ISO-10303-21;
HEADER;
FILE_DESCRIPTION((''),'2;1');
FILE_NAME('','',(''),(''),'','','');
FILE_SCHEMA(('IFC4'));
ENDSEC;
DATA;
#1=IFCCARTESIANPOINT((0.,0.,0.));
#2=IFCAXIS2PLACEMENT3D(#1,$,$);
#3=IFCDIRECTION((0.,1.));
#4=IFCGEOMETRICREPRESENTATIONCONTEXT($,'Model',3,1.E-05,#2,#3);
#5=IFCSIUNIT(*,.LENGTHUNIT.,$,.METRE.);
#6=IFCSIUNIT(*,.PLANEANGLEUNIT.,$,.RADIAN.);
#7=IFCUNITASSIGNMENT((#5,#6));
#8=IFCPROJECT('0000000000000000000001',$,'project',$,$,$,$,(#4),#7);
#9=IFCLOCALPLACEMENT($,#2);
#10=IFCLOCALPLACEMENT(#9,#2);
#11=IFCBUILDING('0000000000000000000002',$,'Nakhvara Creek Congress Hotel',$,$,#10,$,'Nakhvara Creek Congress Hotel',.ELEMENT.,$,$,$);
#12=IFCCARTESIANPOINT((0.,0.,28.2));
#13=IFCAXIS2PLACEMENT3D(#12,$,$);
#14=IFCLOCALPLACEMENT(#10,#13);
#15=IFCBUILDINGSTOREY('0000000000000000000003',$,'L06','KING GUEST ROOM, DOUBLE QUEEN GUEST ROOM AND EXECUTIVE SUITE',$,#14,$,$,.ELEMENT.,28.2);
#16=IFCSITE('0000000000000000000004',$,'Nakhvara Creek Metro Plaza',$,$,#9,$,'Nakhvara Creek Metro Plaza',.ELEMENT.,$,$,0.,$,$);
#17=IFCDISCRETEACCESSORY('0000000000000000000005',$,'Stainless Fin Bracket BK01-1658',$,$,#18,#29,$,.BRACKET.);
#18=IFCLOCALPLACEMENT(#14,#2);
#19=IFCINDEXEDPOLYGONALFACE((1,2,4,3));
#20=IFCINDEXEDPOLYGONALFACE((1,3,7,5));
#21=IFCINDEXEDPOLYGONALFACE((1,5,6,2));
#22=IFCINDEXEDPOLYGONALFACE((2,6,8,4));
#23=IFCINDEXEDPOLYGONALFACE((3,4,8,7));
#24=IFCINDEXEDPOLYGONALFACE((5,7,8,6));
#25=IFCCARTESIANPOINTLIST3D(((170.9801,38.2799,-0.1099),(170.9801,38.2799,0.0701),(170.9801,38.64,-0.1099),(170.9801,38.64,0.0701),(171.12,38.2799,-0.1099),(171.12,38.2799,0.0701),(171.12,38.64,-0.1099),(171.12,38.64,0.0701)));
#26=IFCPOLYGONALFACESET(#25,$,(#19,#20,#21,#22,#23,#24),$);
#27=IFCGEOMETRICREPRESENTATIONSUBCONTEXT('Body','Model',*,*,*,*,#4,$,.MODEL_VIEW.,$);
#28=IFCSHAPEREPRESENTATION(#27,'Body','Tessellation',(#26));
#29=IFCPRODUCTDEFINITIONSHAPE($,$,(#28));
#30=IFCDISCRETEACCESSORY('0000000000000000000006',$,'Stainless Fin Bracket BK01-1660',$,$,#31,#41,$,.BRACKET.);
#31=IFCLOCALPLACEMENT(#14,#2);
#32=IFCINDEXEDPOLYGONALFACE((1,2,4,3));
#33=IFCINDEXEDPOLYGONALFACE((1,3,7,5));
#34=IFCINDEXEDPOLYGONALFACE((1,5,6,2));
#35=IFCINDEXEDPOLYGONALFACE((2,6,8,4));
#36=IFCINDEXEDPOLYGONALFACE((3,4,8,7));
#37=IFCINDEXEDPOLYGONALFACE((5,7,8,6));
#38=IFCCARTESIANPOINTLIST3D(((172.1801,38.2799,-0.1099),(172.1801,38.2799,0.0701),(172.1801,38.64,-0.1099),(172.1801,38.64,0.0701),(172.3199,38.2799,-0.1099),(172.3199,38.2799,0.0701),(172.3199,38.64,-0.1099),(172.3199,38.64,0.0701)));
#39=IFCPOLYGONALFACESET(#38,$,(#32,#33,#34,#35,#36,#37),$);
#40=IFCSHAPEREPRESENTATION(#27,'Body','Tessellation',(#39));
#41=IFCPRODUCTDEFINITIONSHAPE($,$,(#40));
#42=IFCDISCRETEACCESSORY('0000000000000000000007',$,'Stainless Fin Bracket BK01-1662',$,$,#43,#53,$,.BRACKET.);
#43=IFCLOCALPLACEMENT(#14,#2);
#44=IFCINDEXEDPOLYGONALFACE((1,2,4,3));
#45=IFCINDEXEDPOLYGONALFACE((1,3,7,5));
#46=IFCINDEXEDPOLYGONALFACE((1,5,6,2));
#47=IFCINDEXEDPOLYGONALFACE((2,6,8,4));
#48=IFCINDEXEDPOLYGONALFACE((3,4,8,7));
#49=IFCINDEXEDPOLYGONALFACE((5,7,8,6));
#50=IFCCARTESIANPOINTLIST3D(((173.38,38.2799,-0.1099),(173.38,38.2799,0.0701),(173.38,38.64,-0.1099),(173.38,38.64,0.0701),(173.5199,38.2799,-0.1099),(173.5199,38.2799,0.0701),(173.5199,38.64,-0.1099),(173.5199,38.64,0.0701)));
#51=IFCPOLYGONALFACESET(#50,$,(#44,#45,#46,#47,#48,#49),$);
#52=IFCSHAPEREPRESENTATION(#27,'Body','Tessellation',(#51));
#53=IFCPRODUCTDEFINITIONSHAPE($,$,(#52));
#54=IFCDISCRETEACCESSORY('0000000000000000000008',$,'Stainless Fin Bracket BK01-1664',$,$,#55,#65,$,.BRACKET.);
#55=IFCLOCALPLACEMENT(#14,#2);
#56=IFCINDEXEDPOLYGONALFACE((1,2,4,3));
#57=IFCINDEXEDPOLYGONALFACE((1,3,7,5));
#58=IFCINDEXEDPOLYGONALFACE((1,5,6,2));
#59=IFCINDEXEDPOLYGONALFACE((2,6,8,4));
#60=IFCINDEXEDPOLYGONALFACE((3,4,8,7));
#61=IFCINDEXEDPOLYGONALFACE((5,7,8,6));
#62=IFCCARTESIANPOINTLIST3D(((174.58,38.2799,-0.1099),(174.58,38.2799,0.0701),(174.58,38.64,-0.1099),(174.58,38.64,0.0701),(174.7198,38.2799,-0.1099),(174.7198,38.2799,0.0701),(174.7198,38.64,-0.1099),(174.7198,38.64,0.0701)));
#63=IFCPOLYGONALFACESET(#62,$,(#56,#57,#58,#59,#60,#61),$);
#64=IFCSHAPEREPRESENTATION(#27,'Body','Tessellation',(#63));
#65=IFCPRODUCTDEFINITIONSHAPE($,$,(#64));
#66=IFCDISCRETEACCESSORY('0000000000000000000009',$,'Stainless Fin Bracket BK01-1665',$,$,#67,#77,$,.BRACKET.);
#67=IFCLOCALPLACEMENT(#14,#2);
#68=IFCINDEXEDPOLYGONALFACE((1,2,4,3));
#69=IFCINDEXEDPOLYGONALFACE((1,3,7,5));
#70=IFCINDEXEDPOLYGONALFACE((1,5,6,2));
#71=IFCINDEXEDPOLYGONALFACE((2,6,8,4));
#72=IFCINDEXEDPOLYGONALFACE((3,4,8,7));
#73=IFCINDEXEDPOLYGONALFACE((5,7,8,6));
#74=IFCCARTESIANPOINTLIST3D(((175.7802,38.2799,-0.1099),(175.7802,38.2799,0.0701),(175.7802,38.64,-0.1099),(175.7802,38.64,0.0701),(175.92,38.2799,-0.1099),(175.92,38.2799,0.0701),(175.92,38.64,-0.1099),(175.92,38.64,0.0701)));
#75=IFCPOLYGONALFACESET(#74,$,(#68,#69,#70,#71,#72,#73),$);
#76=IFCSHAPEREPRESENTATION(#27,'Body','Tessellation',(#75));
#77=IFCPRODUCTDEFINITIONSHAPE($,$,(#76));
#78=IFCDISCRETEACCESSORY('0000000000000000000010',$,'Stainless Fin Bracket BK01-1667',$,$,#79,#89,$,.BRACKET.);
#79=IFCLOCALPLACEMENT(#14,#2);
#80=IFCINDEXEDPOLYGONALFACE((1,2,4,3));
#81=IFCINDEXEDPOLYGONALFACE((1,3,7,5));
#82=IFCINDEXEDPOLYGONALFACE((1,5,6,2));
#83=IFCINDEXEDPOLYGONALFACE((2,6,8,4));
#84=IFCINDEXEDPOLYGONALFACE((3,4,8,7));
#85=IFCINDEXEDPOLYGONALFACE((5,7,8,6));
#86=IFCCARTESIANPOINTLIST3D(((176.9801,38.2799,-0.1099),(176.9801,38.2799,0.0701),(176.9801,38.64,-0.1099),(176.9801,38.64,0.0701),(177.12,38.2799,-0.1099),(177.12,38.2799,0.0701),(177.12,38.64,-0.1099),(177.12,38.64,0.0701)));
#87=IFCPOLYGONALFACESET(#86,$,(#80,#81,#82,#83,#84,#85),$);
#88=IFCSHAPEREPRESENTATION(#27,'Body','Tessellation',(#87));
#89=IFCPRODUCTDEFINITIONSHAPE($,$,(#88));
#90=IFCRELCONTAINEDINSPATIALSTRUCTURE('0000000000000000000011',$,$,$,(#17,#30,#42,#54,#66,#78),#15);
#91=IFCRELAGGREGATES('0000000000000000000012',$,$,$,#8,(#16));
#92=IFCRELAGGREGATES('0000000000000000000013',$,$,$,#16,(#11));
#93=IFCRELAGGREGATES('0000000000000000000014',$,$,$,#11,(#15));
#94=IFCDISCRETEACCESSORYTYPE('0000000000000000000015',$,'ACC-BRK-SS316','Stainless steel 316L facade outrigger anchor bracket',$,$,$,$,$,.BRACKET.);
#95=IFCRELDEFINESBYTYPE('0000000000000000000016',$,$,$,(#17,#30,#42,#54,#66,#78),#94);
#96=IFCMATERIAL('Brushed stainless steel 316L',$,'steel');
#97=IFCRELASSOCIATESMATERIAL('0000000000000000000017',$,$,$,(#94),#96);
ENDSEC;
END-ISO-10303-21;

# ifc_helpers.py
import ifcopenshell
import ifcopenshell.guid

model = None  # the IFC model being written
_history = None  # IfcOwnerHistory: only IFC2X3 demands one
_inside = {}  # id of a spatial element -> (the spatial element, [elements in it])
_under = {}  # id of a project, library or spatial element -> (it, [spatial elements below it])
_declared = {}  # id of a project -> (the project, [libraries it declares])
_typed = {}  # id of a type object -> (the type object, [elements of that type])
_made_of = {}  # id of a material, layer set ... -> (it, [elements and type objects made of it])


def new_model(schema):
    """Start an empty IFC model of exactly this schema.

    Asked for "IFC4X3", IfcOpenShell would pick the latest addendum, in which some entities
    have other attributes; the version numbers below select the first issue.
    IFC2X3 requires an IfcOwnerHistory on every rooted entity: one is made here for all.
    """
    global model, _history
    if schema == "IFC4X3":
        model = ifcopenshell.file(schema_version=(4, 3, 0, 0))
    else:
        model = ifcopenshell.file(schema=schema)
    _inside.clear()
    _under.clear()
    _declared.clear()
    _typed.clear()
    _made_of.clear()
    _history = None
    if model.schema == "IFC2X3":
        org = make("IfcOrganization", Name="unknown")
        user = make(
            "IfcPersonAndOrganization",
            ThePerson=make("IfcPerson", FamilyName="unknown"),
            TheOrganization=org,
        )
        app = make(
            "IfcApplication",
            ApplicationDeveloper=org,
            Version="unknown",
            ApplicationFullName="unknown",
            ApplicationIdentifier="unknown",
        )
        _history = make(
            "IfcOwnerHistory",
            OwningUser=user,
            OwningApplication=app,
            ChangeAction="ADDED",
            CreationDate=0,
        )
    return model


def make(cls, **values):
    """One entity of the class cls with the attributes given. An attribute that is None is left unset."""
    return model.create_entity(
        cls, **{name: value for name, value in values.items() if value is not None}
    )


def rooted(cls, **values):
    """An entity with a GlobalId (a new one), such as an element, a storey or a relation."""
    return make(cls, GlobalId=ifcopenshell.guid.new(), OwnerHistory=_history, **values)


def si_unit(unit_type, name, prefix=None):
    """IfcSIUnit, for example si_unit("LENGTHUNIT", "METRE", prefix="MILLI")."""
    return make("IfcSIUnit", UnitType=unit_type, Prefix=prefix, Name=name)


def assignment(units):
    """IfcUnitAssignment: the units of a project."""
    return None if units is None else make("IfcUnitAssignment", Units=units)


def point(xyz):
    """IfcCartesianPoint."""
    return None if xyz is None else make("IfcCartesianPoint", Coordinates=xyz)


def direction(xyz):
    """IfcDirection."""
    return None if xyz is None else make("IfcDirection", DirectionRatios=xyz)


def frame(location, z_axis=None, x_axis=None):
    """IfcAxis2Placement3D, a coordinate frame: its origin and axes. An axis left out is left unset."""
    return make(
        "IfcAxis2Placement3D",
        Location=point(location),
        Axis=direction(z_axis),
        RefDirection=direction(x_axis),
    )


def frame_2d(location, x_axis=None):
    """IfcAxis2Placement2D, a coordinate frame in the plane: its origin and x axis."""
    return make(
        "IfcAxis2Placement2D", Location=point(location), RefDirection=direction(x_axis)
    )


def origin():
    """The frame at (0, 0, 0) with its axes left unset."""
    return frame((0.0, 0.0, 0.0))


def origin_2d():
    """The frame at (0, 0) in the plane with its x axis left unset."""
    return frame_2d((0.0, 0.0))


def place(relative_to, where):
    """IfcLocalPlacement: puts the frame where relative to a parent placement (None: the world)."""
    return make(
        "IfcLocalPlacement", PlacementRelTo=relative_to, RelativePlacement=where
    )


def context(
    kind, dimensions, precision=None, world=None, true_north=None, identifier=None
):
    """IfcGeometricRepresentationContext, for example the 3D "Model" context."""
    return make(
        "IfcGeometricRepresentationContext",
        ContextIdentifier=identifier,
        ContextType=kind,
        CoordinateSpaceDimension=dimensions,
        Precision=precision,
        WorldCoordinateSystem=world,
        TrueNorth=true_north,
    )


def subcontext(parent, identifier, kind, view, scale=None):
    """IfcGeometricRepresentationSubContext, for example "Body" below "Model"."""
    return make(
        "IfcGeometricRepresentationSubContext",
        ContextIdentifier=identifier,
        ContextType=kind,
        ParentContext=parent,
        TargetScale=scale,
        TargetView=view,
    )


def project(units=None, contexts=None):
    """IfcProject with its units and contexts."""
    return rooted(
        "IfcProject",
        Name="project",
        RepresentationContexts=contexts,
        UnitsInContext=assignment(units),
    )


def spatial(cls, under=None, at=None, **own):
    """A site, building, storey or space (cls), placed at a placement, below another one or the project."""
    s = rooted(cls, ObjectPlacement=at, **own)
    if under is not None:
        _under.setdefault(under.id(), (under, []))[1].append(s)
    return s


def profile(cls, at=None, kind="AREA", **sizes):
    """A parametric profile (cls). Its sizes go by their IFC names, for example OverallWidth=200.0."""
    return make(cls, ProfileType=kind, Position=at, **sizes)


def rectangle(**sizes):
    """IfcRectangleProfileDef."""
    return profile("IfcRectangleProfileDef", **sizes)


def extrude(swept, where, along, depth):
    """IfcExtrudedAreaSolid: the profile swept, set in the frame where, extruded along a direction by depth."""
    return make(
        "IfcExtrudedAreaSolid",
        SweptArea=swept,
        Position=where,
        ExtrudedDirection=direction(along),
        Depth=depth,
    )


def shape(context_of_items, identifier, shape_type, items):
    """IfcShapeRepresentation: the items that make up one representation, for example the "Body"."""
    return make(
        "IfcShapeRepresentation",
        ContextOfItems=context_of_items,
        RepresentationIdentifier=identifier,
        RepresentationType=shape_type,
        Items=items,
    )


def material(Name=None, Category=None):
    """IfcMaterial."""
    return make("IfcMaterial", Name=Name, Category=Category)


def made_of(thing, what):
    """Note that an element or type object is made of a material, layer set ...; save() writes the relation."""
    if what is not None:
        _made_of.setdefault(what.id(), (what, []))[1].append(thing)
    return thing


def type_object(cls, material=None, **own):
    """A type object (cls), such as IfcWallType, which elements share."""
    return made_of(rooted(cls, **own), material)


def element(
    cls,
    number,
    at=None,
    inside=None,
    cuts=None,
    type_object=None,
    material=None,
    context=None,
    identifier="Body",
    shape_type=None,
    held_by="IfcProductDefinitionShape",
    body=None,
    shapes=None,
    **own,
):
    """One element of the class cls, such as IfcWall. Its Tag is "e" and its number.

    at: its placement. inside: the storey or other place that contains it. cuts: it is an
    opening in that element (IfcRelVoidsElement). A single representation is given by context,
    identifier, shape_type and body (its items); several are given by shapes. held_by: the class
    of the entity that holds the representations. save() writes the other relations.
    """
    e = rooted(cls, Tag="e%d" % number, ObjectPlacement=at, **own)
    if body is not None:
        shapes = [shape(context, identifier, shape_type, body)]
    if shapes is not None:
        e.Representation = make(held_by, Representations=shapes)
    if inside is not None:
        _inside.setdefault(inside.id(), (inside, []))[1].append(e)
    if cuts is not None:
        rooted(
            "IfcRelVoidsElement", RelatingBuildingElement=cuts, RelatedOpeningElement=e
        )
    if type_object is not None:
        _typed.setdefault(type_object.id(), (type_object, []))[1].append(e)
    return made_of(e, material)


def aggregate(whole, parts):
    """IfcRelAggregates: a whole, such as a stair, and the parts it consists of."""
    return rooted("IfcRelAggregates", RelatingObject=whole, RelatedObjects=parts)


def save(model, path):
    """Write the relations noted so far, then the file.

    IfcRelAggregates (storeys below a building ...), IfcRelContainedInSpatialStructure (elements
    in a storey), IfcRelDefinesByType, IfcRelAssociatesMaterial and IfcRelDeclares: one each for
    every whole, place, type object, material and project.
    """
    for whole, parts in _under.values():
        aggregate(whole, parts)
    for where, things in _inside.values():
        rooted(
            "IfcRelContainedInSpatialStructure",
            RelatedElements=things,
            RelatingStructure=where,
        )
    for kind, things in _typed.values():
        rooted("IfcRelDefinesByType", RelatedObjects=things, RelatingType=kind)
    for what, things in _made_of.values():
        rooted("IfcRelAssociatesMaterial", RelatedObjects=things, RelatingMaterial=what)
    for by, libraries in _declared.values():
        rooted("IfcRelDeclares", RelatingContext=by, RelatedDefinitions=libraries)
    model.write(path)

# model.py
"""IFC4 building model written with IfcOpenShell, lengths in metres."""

from ifc_helpers import new_model, si_unit, direction, frame, origin, origin_2d, place, context, subcontext, project, spatial, rectangle, extrude, material, type_object, element, save


model = new_model("IFC4")

# Units and contexts
model_context = context("Model", 3, precision=1e-05, world=origin(), true_north=direction((0.0, 1.0)))
body_context = subcontext(model_context, "Body", "Model", "MODEL_VIEW")
ifc_project = project(units=[si_unit("LENGTHUNIT", "METRE"), si_unit("PLANEANGLEUNIT", "RADIAN")], contexts=[model_context])

# Site, building, storey
site_placement = place(None, origin())
site = spatial("IfcSite", under=ifc_project, at=site_placement, Name="Nakhvara Creek Metro Plaza", LongName="Nakhvara Creek Metro Plaza", CompositionType="ELEMENT", RefElevation=0.0)
building_placement = place(site_placement, origin())
building = spatial("IfcBuilding", under=site, at=building_placement, Name="Nakhvara Creek Congress Hotel", LongName="Nakhvara Creek Congress Hotel", CompositionType="ELEMENT")
storey_placement = place(building_placement, frame((0.0, 0.0, 28.2)))
storey = spatial("IfcBuildingStorey", under=building, at=storey_placement, Name="L06", Description="KING GUEST ROOM, DOUBLE QUEEN GUEST ROOM AND EXECUTIVE SUITE", CompositionType="ELEMENT", Elevation=28.2)

# Discrete accessories
ifc_material_1 = material(Name="Brushed stainless steel 316L", Category="steel")
discrete_accessory_type = type_object("IfcDiscreteAccessoryType", Name="ACC-BRK-SS316", Description="Stainless steel 316L facade outrigger anchor bracket", PredefinedType="BRACKET", material=ifc_material_1)
for number, where, z_axis, x_axis, name in (
    (1, (171.05, 38.46, -0.1099), (0.0, 0.0, 1.0), (1.0, 0.0, 0.0), "Stainless Fin Bracket BK01-1658"),
    (2, (172.25, 38.46, -0.1099), (0.0, 0.0, 1.0), (1.0, 0.0, 0.0), "Stainless Fin Bracket BK01-1660"),
    (3, (173.45, 38.46, -0.1099), (0.0, 0.0, 1.0), (1.0, 0.0, 0.0), "Stainless Fin Bracket BK01-1662"),
    (4, (174.6499, 38.46, -0.1099), (0.0, 0.0, 1.0), (1.0, 0.0, 0.0), "Stainless Fin Bracket BK01-1664"),
    (5, (175.8501, 38.46, -0.1099), (0.0, 0.0, 1.0), (1.0, 0.0, 0.0), "Stainless Fin Bracket BK01-1665"),
    (6, (177.05, 38.46, -0.1099), (0.0, 0.0, 1.0), (1.0, 0.0, 0.0), "Stainless Fin Bracket BK01-1667"),
):
    element("IfcDiscreteAccessory", number, at=place(storey_placement, frame(where, z_axis=z_axis, x_axis=x_axis)), inside=storey, type_object=discrete_accessory_type, Name=name, PredefinedType="BRACKET", context=body_context, shape_type="SweptSolid", body=[
        extrude(rectangle(XDim=0.1399, YDim=0.3601, at=origin_2d()), origin(), (0.0, 0.0, 1.0), 0.1799),
    ])

save(model, "model.ifc")
